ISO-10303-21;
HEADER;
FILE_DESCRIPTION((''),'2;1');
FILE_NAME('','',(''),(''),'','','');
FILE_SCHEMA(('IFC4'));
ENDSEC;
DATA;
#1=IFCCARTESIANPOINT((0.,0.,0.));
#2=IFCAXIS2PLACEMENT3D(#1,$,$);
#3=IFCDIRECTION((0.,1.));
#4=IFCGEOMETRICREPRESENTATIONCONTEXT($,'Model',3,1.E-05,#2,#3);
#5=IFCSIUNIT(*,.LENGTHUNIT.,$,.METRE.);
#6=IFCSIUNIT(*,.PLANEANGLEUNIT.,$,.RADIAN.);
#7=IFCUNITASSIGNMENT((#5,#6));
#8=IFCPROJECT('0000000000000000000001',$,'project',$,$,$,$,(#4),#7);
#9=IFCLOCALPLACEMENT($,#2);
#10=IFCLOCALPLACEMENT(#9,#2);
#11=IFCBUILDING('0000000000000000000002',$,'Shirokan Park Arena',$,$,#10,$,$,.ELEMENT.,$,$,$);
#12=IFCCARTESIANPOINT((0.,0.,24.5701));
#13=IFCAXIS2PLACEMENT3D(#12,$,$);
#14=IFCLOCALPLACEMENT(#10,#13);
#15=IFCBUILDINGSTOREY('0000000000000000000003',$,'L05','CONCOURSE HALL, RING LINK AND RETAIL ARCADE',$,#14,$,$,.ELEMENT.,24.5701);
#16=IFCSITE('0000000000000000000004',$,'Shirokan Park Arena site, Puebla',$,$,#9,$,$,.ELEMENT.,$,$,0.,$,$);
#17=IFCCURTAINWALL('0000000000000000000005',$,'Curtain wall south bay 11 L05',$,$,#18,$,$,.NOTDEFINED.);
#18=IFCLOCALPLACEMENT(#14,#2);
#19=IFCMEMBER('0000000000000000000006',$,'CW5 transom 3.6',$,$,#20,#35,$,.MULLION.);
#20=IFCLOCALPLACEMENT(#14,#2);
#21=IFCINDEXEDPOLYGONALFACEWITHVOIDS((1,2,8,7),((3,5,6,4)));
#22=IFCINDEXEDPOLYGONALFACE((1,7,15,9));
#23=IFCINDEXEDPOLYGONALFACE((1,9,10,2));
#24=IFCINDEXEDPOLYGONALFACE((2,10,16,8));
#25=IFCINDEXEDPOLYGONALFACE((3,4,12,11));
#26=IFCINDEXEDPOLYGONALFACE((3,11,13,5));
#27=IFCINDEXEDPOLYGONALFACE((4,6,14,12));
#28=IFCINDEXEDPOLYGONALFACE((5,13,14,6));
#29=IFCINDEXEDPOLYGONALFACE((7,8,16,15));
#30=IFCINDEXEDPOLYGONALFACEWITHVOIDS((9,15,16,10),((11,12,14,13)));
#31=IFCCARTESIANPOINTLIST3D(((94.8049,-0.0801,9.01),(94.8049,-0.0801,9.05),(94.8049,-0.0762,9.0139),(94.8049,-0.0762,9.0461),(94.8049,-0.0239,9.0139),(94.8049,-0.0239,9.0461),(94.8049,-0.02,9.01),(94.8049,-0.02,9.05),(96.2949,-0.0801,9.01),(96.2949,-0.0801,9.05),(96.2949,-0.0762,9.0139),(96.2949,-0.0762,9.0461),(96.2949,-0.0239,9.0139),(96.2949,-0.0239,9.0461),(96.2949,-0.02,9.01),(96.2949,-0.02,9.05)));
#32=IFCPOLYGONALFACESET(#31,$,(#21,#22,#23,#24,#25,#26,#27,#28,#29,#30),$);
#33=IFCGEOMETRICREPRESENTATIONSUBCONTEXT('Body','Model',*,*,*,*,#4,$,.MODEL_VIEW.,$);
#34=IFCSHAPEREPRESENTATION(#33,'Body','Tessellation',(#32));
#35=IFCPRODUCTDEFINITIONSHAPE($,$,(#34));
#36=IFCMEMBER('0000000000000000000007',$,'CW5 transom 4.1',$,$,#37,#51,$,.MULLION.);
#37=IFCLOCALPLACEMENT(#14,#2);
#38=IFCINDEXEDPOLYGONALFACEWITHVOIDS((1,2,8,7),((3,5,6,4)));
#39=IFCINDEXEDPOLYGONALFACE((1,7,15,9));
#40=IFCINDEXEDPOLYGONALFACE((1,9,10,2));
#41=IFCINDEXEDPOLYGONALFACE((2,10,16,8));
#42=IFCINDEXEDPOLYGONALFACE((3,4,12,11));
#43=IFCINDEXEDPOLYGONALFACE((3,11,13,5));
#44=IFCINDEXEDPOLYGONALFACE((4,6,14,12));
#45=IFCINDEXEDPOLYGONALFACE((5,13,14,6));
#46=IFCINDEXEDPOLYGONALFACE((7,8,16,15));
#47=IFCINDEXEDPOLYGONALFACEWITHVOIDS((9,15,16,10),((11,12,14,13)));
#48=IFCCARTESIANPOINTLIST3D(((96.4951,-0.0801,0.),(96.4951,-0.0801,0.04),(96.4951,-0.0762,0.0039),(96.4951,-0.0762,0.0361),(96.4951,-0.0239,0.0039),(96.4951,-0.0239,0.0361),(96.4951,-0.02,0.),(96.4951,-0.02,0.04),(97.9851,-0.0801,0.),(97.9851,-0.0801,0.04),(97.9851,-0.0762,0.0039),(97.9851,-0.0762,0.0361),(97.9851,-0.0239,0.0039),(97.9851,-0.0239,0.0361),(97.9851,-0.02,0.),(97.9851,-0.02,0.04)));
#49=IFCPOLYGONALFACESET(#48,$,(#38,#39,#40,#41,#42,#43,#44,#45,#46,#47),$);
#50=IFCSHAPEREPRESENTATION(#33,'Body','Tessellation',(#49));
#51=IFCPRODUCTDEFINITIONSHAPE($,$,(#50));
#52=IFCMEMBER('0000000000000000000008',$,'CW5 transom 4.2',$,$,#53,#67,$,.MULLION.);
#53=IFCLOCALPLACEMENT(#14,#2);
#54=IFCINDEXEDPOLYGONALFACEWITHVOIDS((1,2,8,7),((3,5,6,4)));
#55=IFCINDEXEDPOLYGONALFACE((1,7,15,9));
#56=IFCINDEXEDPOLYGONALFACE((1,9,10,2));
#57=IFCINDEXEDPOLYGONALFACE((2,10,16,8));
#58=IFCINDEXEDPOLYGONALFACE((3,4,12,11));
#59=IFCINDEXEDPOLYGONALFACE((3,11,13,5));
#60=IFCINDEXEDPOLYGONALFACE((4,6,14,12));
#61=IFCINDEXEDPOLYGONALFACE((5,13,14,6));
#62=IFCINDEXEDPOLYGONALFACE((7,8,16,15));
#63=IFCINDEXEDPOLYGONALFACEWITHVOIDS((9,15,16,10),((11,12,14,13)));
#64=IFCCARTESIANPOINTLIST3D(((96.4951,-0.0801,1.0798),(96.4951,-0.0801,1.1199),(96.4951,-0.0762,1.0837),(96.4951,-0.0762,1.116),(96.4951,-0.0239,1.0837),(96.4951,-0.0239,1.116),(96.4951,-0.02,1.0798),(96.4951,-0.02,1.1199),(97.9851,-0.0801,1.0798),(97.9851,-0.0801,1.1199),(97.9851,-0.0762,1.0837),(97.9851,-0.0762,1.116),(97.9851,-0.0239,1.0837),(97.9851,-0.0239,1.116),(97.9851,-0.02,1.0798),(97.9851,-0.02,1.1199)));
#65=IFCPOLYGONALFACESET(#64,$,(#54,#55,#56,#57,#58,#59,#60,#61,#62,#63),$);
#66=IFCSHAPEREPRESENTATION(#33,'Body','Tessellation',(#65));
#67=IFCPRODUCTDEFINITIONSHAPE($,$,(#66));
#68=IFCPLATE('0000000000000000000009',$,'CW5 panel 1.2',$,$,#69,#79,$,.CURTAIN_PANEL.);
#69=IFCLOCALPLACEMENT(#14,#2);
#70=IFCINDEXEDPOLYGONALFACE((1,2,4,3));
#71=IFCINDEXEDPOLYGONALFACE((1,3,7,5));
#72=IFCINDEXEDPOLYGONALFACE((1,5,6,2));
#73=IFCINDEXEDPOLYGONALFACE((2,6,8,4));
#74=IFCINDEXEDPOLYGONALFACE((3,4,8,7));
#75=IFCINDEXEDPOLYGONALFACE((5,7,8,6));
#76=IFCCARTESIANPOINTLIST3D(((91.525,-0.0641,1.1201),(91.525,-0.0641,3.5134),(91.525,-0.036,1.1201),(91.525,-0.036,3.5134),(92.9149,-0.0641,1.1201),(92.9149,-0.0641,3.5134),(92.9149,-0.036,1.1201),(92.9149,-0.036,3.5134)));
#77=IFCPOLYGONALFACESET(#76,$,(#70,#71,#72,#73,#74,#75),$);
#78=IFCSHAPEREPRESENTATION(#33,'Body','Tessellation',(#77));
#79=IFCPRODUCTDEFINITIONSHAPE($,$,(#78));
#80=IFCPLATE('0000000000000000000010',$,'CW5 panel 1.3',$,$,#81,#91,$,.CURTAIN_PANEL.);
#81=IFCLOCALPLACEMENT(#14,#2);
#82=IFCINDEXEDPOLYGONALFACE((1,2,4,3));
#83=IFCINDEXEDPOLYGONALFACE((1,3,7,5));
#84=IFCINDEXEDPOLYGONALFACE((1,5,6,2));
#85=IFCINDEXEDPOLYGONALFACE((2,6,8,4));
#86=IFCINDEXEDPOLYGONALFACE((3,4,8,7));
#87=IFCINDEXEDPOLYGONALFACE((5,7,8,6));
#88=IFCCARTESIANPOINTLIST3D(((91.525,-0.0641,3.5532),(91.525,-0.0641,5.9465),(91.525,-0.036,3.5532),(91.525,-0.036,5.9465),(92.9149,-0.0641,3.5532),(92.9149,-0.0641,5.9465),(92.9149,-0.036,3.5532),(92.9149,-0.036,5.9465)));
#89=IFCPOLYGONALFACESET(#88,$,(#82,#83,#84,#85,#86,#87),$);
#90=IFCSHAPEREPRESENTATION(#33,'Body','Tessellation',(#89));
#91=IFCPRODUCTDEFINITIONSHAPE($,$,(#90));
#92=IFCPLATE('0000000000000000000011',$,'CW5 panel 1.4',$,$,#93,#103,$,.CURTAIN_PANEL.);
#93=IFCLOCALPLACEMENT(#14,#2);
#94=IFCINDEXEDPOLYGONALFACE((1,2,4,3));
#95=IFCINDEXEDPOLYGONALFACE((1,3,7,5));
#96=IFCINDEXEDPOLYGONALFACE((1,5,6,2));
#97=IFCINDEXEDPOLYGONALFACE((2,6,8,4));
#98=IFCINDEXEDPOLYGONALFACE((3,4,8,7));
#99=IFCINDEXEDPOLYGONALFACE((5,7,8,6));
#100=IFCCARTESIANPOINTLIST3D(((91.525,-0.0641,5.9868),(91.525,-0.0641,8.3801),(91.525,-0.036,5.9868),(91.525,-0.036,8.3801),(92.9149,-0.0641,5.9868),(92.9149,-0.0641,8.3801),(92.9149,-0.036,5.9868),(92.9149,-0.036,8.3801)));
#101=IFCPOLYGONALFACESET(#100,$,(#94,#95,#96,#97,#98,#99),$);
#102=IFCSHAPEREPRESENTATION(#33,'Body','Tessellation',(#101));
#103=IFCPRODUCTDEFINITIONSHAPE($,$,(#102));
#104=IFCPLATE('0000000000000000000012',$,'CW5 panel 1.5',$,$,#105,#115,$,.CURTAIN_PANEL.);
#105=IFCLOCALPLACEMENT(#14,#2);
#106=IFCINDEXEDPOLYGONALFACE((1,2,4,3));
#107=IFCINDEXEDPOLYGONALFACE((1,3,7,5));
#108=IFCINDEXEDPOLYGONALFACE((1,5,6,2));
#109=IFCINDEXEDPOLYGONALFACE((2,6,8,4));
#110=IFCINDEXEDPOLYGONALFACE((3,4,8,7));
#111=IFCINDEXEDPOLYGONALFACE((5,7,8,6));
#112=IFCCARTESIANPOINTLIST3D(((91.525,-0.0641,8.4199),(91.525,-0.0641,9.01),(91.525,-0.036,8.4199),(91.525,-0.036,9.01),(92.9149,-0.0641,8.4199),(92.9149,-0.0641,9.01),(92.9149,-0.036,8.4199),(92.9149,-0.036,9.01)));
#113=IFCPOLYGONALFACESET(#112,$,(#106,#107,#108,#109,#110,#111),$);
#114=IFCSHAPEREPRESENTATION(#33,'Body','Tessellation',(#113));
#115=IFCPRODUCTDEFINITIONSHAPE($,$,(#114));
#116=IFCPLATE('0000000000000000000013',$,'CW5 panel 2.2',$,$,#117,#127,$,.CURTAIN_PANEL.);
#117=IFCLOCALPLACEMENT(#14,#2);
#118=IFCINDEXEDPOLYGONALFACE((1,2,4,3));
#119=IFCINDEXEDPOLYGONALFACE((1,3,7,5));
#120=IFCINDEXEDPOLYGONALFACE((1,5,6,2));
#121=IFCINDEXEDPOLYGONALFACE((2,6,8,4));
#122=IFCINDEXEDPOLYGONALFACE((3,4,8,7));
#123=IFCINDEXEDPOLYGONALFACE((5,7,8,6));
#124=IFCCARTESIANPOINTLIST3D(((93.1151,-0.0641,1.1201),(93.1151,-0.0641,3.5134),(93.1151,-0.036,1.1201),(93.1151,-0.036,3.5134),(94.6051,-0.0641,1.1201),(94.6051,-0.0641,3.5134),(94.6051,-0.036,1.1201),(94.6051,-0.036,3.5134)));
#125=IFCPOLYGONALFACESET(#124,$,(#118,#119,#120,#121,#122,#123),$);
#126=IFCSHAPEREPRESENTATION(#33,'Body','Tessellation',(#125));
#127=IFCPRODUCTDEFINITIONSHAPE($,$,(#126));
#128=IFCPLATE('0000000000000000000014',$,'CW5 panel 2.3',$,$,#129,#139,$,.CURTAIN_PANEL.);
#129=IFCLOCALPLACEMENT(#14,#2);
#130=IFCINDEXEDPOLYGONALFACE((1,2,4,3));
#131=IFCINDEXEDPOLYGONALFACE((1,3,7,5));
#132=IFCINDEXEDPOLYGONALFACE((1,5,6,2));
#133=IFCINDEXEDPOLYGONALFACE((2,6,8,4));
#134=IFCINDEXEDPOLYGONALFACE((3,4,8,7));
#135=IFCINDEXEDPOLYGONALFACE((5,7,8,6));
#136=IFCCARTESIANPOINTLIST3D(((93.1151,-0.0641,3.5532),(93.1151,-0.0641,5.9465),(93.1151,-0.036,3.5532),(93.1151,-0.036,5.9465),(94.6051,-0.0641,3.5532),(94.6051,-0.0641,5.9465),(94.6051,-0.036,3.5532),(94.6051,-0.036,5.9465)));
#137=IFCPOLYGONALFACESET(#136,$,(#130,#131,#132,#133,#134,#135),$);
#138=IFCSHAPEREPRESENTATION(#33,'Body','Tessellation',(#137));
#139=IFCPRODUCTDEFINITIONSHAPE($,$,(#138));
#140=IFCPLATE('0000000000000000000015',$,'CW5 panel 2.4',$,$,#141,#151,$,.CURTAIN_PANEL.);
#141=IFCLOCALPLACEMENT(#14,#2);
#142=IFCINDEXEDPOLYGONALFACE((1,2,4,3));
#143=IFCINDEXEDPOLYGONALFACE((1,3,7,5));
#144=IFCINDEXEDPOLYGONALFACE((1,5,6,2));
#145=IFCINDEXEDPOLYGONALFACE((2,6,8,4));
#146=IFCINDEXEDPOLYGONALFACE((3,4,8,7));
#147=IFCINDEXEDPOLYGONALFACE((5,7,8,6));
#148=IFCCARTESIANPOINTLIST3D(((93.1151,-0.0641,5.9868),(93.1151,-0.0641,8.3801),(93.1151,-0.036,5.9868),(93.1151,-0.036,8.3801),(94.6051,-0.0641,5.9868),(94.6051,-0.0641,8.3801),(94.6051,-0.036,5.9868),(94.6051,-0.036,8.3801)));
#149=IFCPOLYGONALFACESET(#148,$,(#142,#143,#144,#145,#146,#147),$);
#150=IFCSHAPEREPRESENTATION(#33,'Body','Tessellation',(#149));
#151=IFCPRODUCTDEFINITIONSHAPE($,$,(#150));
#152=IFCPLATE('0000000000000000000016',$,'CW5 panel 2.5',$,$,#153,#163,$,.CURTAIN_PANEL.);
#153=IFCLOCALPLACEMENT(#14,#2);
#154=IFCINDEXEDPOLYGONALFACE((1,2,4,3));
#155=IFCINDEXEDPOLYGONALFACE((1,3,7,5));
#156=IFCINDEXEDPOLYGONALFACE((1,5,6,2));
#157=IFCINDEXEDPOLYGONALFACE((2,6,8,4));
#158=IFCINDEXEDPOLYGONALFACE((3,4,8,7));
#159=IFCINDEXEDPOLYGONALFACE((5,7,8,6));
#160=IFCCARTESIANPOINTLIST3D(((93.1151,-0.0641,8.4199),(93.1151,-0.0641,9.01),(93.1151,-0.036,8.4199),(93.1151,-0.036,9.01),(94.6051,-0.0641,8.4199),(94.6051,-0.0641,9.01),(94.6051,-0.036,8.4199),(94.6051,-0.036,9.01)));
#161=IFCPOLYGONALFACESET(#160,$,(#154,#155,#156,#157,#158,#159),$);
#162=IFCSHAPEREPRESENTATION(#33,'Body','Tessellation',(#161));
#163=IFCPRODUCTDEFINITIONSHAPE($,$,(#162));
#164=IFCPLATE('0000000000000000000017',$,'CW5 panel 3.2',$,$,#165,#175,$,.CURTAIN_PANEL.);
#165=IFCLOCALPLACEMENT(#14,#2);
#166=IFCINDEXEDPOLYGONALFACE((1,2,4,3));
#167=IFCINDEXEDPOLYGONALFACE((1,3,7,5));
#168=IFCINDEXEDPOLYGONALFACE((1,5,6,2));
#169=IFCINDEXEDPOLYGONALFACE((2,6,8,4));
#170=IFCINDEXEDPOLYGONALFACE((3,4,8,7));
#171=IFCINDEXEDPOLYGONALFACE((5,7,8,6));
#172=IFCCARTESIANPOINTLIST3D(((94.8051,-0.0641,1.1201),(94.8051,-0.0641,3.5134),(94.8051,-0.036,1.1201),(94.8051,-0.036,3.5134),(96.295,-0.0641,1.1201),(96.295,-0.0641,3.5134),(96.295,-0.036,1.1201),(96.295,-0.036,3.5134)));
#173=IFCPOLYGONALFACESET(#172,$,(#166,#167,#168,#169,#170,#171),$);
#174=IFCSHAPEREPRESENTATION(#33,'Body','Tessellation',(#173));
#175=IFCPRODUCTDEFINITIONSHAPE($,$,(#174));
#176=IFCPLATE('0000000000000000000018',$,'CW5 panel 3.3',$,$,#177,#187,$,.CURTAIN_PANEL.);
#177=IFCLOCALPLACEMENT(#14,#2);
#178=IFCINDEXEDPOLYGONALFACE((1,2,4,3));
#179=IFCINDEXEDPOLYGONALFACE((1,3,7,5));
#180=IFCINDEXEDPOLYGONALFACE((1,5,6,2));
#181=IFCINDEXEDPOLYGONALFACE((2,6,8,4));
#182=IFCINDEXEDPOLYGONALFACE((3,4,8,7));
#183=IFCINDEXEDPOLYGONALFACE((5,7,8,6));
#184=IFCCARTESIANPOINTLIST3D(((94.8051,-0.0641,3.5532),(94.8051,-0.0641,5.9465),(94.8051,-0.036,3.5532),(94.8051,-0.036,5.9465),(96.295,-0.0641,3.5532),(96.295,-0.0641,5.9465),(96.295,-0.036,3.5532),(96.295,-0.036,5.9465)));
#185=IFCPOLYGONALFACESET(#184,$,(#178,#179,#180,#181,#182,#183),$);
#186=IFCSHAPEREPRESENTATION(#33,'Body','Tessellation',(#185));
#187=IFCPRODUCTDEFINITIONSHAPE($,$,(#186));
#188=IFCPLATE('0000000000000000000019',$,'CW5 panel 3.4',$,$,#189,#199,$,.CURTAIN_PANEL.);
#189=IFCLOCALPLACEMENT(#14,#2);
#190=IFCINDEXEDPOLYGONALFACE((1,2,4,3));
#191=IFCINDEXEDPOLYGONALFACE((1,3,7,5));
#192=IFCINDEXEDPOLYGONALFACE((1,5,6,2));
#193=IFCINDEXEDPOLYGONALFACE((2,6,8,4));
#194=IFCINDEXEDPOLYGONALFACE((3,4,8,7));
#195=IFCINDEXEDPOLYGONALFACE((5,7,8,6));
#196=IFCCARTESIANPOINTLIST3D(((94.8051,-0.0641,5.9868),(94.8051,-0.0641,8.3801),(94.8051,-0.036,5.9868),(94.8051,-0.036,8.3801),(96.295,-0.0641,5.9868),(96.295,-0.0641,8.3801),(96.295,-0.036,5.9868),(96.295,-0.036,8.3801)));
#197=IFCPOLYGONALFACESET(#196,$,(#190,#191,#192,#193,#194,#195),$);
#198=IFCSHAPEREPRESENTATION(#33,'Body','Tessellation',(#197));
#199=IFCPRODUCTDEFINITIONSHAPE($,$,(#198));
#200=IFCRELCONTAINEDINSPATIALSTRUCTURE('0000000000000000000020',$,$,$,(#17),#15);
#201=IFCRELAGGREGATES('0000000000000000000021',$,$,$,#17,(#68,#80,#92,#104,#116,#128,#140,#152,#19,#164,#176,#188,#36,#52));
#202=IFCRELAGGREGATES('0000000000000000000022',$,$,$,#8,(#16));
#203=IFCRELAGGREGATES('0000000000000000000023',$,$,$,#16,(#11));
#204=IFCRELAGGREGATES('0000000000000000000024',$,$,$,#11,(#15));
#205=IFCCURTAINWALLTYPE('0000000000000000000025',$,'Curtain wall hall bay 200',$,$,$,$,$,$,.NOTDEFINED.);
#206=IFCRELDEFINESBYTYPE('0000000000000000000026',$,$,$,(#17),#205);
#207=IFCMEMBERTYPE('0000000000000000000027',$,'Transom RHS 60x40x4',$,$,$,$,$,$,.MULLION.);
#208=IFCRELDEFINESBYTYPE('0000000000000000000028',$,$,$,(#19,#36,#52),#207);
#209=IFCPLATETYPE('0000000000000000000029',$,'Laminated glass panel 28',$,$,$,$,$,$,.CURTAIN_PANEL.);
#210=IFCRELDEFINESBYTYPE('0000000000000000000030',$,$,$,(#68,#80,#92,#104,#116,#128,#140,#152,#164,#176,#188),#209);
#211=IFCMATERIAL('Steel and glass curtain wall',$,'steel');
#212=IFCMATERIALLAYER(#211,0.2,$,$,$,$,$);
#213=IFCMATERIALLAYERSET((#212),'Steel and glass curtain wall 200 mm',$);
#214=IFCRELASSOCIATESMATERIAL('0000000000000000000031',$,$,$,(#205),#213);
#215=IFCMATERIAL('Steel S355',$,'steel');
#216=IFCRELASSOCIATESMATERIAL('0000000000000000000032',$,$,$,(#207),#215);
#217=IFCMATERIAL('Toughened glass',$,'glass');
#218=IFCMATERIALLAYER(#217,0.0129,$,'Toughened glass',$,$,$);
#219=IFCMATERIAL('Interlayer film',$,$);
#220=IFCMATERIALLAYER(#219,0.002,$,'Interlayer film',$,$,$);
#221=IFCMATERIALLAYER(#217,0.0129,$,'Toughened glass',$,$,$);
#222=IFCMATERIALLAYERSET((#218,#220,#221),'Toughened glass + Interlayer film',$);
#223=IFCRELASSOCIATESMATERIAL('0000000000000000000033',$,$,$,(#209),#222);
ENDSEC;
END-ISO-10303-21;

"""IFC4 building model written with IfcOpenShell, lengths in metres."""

from ifc_helpers import new_model, si_unit, direction, frame, origin, origin_2d, place, context, subcontext, project, spatial, rectangle, hollow_rectangle, extrude, material, layer, layer_set, material_profile, profile_set, type_object, element, aggregate, save


model = new_model("IFC4")

# Units and contexts
model_context = context("Model", 3, precision=1e-05, world=origin(), true_north=direction((0.0, 1.0)))
body_context = subcontext(model_context, "Body", "Model", "MODEL_VIEW")
ifc_project = project(units=[si_unit("LENGTHUNIT", "METRE"), si_unit("PLANEANGLEUNIT", "RADIAN")], contexts=[model_context])

# Site, building, storey
site_placement = place(None, origin())
site = spatial("IfcSite", under=ifc_project, at=site_placement, Name="Shirokan Park Arena site, Puebla", CompositionType="ELEMENT", RefElevation=0.0)
building_placement = place(site_placement, origin())
building = spatial("IfcBuilding", under=site, at=building_placement, Name="Shirokan Park Arena", CompositionType="ELEMENT")
storey_placement = place(building_placement, frame((0.0, 0.0, 24.5701)))
storey = spatial("IfcBuildingStorey", under=building, at=storey_placement, Name="L05", Description="CONCOURSE HALL, RING LINK AND RETAIL ARCADE", CompositionType="ELEMENT", Elevation=24.5701)

# Shared definitions
ifc_material_1 = material(Name="Steel and glass curtain wall", Category="steel")
ifc_layer_1 = layer(ifc_material_1, 0.2)
ifc_layer_set_1 = layer_set([ifc_layer_1], Name="Steel and glass curtain wall 200 mm")
curtain_wall_type = type_object("IfcCurtainWallType", Name="Curtain wall hall bay 200", PredefinedType="NOTDEFINED", material=ifc_layer_set_1)
ifc_material_2 = material(Name="Steel S355", Category="steel")

# Curtain wall, members, plates
curtain_wall_1_placement = place(storey_placement, origin())
curtain_wall_1 = element("IfcCurtainWall", 1, at=curtain_wall_1_placement, inside=storey, type_object=curtain_wall_type, Name="Curtain wall south bay 11 L05", PredefinedType="NOTDEFINED")
ifc_material_profile_1 = material_profile(ifc_material_2, hollow_rectangle(XDim=0.0601, YDim=0.04, WallThickness=0.0039, at=origin_2d()), Name="RHS 60x40x4")
ifc_profile_set_1 = profile_set([ifc_material_profile_1], Name="Steel S355")
member_type_1 = type_object("IfcMemberType", Name="Transom RHS 60x40x4", PredefinedType="MULLION", material=ifc_profile_set_1)
member_1_placement = place(storey_placement, frame((94.8049, -0.05, 9.03), z_axis=(1.0, 0.0, 0.0), x_axis=(0.0, 1.0, 0.0)))
member_1 = element("IfcMember", 2, at=member_1_placement, type_object=member_type_1, Name="CW5 transom 3.6", PredefinedType="MULLION", context=body_context, shape_type="SweptSolid", body=[
    extrude(hollow_rectangle(XDim=0.0601, YDim=0.04, WallThickness=0.0039, at=origin_2d()), origin(), (0.0, 0.0, 1.0), 1.49),
])
member_2_placement = place(storey_placement, frame((96.4951, -0.05, 0.02), z_axis=(1.0, 0.0, 0.0), x_axis=(0.0, 1.0, 0.0)))
member_2 = element("IfcMember", 3, at=member_2_placement, type_object=member_type_1, Name="CW5 transom 4.1", PredefinedType="MULLION", context=body_context, shape_type="SweptSolid", body=[
    extrude(hollow_rectangle(XDim=0.0601, YDim=0.04, WallThickness=0.0039, at=origin_2d()), origin(), (0.0, 0.0, 1.0), 1.49),
])
member_3_placement = place(storey_placement, frame((96.4951, -0.05, 1.0999), z_axis=(1.0, 0.0, 0.0), x_axis=(0.0, 1.0, 0.0)))
member_3 = element("IfcMember", 4, at=member_3_placement, type_object=member_type_1, Name="CW5 transom 4.2", PredefinedType="MULLION", context=body_context, shape_type="SweptSolid", body=[
    extrude(hollow_rectangle(XDim=0.0601, YDim=0.04, WallThickness=0.0039, at=origin_2d()), origin(), (0.0, 0.0, 1.0), 1.49),
])
ifc_material_3 = material(Name="Toughened glass", Category="glass")
ifc_layer_2 = layer(ifc_material_3, 0.0129, Name="Toughened glass")
ifc_material_4 = material(Name="Interlayer film")
ifc_layer_3 = layer(ifc_material_4, 0.002, Name="Interlayer film")
ifc_layer_4 = layer(ifc_material_3, 0.0129, Name="Toughened glass")
ifc_layer_set_2 = layer_set([ifc_layer_2, ifc_layer_3, ifc_layer_4], Name="Toughened glass + Interlayer film")
plate_type_1 = type_object("IfcPlateType", Name="Laminated glass panel 28", PredefinedType="CURTAIN_PANEL", material=ifc_layer_set_2)
plate_1_placement = place(storey_placement, frame((92.22, -0.05, 1.1201), z_axis=(0.0, 0.0, 1.0), x_axis=(1.0, 0.0, 0.0)))
plate_1 = element("IfcPlate", 5, at=plate_1_placement, type_object=plate_type_1, Name="CW5 panel 1.2", PredefinedType="CURTAIN_PANEL", context=body_context, shape_type="SweptSolid", body=[
    extrude(rectangle(XDim=1.3899, YDim=0.0281, at=origin_2d()), origin(), (0.0, 0.0, 1.0), 2.3933),
])
plate_2_placement = place(storey_placement, frame((92.22, -0.05, 3.5532), z_axis=(0.0, 0.0, 1.0), x_axis=(1.0, 0.0, 0.0)))
plate_2 = element("IfcPlate", 6, at=plate_2_placement, type_object=plate_type_1, Name="CW5 panel 1.3", PredefinedType="CURTAIN_PANEL", context=body_context, shape_type="SweptSolid", body=[
    extrude(rectangle(XDim=1.3899, YDim=0.0281, at=origin_2d()), origin(), (0.0, 0.0, 1.0), 2.3933),
])
plate_3_placement = place(storey_placement, frame((92.22, -0.05, 5.9868), z_axis=(0.0, 0.0, 1.0), x_axis=(1.0, 0.0, 0.0)))
plate_3 = element("IfcPlate", 7, at=plate_3_placement, type_object=plate_type_1, Name="CW5 panel 1.4", PredefinedType="CURTAIN_PANEL", context=body_context, shape_type="SweptSolid", body=[
    extrude(rectangle(XDim=1.3899, YDim=0.0281, at=origin_2d()), origin(), (0.0, 0.0, 1.0), 2.3933),
])
plate_4_placement = place(storey_placement, frame((92.22, -0.05, 8.4199), z_axis=(0.0, 0.0, 1.0), x_axis=(1.0, 0.0, 0.0)))
plate_4 = element("IfcPlate", 8, at=plate_4_placement, type_object=plate_type_1, Name="CW5 panel 1.5", PredefinedType="CURTAIN_PANEL", context=body_context, shape_type="SweptSolid", body=[
    extrude(rectangle(XDim=1.3899, YDim=0.0281, at=origin_2d()), origin(), (0.0, 0.0, 1.0), 0.5901),
])
plate_5_placement = place(storey_placement, frame((93.8601, -0.05, 1.1201), z_axis=(0.0, 0.0, 1.0), x_axis=(1.0, 0.0, 0.0)))
plate_5 = element("IfcPlate", 9, at=plate_5_placement, type_object=plate_type_1, Name="CW5 panel 2.2", PredefinedType="CURTAIN_PANEL", context=body_context, shape_type="SweptSolid", body=[
    extrude(rectangle(XDim=1.49, YDim=0.0281, at=origin_2d()), origin(), (0.0, 0.0, 1.0), 2.3933),
])
plate_6_placement = place(storey_placement, frame((93.8601, -0.05, 3.5532), z_axis=(0.0, 0.0, 1.0), x_axis=(1.0, 0.0, 0.0)))
plate_6 = element("IfcPlate", 10, at=plate_6_placement, type_object=plate_type_1, Name="CW5 panel 2.3", PredefinedType="CURTAIN_PANEL", context=body_context, shape_type="SweptSolid", body=[
    extrude(rectangle(XDim=1.49, YDim=0.0281, at=origin_2d()), origin(), (0.0, 0.0, 1.0), 2.3933),
])
plate_7_placement = place(storey_placement, frame((93.8601, -0.05, 5.9868), z_axis=(0.0, 0.0, 1.0), x_axis=(1.0, 0.0, 0.0)))
plate_7 = element("IfcPlate", 11, at=plate_7_placement, type_object=plate_type_1, Name="CW5 panel 2.4", PredefinedType="CURTAIN_PANEL", context=body_context, shape_type="SweptSolid", body=[
    extrude(rectangle(XDim=1.49, YDim=0.0281, at=origin_2d()), origin(), (0.0, 0.0, 1.0), 2.3933),
])
plate_8_placement = place(storey_placement, frame((93.8601, -0.05, 8.4199), z_axis=(0.0, 0.0, 1.0), x_axis=(1.0, 0.0, 0.0)))
plate_8 = element("IfcPlate", 12, at=plate_8_placement, type_object=plate_type_1, Name="CW5 panel 2.5", PredefinedType="CURTAIN_PANEL", context=body_context, shape_type="SweptSolid", body=[
    extrude(rectangle(XDim=1.49, YDim=0.0281, at=origin_2d()), origin(), (0.0, 0.0, 1.0), 0.5901),
])
plate_9_placement = place(storey_placement, frame((95.55, -0.05, 1.1201), z_axis=(0.0, 0.0, 1.0), x_axis=(1.0, 0.0, 0.0)))
plate_9 = element("IfcPlate", 13, at=plate_9_placement, type_object=plate_type_1, Name="CW5 panel 3.2", PredefinedType="CURTAIN_PANEL", context=body_context, shape_type="SweptSolid", body=[
    extrude(rectangle(XDim=1.49, YDim=0.0281, at=origin_2d()), origin(), (0.0, 0.0, 1.0), 2.3933),
])
plate_10_placement = place(storey_placement, frame((95.55, -0.05, 3.5532), z_axis=(0.0, 0.0, 1.0), x_axis=(1.0, 0.0, 0.0)))
plate_10 = element("IfcPlate", 14, at=plate_10_placement, type_object=plate_type_1, Name="CW5 panel 3.3", PredefinedType="CURTAIN_PANEL", context=body_context, shape_type="SweptSolid", body=[
    extrude(rectangle(XDim=1.49, YDim=0.0281, at=origin_2d()), origin(), (0.0, 0.0, 1.0), 2.3933),
])
plate_11_placement = place(storey_placement, frame((95.55, -0.05, 5.9868), z_axis=(0.0, 0.0, 1.0), x_axis=(1.0, 0.0, 0.0)))
plate_11 = element("IfcPlate", 15, at=plate_11_placement, type_object=plate_type_1, Name="CW5 panel 3.4", PredefinedType="CURTAIN_PANEL", context=body_context, shape_type="SweptSolid", body=[
    extrude(rectangle(XDim=1.49, YDim=0.0281, at=origin_2d()), origin(), (0.0, 0.0, 1.0), 2.3933),
])
aggregate(curtain_wall_1, [plate_1, plate_2, plate_3, plate_4, plate_5, plate_6, plate_7, plate_8, member_1, plate_9, plate_10, plate_11, member_2, member_3])

save(model, "model.ifc")
